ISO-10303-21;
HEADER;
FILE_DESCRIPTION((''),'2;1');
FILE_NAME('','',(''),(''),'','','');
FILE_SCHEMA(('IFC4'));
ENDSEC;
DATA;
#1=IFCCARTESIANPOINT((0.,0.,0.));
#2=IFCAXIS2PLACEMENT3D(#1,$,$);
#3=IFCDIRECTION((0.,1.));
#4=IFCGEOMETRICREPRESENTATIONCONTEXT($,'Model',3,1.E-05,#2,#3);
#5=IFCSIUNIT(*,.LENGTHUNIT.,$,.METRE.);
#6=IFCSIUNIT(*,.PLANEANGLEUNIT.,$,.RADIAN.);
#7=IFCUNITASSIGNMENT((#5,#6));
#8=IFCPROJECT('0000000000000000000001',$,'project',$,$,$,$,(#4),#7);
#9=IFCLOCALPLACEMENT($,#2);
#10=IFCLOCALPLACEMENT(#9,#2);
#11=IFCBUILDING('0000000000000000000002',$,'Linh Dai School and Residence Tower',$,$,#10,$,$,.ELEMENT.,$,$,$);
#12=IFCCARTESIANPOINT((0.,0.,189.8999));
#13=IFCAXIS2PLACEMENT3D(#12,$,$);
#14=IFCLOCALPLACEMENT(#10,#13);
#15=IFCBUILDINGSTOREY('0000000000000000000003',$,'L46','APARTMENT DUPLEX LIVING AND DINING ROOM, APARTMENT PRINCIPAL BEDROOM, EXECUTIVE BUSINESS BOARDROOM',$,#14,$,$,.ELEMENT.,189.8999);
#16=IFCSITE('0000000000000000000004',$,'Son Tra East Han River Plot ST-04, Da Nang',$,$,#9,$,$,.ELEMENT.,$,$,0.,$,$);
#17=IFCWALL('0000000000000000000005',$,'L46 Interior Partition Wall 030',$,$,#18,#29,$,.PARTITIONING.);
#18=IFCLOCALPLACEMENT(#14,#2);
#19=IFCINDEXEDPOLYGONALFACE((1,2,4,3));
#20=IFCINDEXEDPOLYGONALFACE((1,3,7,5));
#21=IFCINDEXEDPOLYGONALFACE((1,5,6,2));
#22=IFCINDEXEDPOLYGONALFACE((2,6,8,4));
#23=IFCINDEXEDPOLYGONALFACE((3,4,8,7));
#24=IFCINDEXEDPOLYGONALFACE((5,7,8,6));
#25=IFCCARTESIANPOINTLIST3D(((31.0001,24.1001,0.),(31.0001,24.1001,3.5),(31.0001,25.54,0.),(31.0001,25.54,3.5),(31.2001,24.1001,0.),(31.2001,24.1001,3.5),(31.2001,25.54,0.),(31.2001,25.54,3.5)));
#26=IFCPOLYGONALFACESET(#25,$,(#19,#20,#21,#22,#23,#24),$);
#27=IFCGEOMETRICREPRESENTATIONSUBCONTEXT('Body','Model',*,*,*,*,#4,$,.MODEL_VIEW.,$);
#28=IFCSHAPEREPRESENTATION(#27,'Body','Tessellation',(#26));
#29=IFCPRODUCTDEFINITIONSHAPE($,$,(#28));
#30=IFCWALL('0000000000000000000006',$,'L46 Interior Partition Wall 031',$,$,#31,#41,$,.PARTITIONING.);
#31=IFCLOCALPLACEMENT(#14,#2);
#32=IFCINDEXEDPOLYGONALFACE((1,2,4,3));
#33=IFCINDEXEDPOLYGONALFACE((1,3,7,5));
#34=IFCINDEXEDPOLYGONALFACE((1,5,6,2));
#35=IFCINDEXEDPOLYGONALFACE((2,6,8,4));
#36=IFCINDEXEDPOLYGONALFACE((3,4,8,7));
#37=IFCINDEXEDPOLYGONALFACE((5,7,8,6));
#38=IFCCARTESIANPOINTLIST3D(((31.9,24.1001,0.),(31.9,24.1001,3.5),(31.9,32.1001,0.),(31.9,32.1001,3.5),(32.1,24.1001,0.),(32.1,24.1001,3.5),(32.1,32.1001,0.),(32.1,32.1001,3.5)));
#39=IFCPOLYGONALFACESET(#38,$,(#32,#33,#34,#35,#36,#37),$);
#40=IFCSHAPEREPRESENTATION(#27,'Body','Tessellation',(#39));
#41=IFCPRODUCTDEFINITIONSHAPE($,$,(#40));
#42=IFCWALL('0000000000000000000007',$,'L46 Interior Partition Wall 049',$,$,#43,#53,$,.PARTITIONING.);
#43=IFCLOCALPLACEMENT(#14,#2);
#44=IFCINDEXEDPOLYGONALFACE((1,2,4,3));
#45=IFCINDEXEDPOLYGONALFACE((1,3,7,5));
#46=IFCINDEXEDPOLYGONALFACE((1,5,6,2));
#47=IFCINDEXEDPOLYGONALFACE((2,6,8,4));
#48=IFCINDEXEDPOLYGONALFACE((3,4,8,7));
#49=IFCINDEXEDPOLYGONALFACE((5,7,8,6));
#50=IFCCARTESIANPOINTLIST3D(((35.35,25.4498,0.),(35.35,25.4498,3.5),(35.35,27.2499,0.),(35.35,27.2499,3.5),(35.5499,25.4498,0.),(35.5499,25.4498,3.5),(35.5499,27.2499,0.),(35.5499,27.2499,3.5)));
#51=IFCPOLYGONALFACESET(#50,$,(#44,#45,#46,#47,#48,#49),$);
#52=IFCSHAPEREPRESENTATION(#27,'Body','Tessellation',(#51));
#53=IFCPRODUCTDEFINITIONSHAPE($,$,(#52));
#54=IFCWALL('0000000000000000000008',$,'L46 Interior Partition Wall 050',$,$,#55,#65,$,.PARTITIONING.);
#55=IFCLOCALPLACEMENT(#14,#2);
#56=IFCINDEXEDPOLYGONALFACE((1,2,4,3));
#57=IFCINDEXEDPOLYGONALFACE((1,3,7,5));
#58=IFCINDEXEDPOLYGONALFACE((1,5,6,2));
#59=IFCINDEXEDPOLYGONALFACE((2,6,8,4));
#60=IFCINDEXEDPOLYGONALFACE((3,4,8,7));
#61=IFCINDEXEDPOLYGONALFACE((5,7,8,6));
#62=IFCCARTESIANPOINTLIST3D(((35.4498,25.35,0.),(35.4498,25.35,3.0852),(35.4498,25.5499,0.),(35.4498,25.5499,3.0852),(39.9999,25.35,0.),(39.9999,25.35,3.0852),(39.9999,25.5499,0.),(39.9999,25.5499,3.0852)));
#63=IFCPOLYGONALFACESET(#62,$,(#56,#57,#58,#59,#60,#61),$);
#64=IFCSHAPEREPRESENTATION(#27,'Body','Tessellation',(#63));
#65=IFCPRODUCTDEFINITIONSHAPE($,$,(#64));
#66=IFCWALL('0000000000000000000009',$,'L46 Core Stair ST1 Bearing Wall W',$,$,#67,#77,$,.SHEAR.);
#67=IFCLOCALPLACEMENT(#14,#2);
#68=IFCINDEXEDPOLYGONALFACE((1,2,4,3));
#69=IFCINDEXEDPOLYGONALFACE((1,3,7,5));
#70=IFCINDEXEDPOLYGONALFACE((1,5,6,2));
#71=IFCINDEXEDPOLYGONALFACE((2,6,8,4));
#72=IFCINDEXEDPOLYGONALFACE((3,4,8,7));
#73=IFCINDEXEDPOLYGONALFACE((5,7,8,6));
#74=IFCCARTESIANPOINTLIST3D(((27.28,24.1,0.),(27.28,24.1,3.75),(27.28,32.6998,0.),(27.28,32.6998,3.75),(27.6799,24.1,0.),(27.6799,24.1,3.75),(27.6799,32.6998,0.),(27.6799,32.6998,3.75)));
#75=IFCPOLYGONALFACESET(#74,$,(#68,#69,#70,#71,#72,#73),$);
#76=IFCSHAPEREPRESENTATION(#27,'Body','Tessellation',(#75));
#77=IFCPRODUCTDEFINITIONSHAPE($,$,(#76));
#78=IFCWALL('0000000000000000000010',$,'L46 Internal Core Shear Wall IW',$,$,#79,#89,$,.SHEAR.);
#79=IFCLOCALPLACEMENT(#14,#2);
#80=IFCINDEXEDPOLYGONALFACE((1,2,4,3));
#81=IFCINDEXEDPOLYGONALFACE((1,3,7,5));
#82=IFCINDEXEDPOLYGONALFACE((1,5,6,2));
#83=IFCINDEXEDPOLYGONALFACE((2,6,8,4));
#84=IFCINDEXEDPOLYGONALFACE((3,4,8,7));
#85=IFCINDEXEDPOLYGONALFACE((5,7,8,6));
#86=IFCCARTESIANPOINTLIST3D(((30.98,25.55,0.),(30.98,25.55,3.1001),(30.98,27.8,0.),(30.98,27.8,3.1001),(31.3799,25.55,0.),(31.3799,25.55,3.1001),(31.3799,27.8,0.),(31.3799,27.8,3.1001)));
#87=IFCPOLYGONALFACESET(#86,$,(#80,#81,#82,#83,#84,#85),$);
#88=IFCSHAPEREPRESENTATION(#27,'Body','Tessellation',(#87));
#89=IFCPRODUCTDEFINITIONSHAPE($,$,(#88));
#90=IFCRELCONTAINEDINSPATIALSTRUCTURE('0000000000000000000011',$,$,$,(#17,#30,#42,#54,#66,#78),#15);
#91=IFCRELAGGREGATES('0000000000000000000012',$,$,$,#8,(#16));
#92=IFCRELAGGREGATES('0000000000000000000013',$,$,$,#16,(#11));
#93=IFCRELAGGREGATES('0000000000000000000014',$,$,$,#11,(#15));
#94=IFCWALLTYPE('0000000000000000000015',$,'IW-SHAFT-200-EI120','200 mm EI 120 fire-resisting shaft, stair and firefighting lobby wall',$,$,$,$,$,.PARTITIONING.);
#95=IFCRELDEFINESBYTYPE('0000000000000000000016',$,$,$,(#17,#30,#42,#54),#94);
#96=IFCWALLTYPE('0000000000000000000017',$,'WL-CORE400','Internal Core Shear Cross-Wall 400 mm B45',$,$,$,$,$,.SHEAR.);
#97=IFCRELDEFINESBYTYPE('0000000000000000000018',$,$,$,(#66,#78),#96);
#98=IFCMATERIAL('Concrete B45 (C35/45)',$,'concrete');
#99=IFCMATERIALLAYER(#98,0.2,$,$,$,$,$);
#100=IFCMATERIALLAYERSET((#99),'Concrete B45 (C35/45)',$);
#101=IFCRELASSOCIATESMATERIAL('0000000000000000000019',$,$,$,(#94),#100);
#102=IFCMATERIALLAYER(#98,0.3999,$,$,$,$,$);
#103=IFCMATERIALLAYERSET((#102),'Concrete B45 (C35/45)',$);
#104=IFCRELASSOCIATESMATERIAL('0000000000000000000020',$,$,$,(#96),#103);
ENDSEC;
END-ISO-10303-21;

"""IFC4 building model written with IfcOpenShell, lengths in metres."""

from ifc_helpers import new_model, si_unit, direction, frame, frame_2d, origin, place, context, subcontext, project, spatial, rectangle, extrude, material, layer, layer_set, type_object, element, save


model = new_model("IFC4")

# Units and contexts
model_context = context("Model", 3, precision=1e-05, world=origin(), true_north=direction((0.0, 1.0)))
body_context = subcontext(model_context, "Body", "Model", "MODEL_VIEW")
ifc_project = project(units=[si_unit("LENGTHUNIT", "METRE"), si_unit("PLANEANGLEUNIT", "RADIAN")], contexts=[model_context])

# Site, building, storey
site_placement = place(None, origin())
site = spatial("IfcSite", under=ifc_project, at=site_placement, Name="Son Tra East Han River Plot ST-04, Da Nang", CompositionType="ELEMENT", RefElevation=0.0)
building_placement = place(site_placement, origin())
building = spatial("IfcBuilding", under=site, at=building_placement, Name="Linh Dai School and Residence Tower", CompositionType="ELEMENT")
storey_placement = place(building_placement, frame((0.0, 0.0, 189.8999)))
storey = spatial("IfcBuildingStorey", under=building, at=storey_placement, Name="L46", Description="APARTMENT DUPLEX LIVING AND DINING ROOM, APARTMENT PRINCIPAL BEDROOM, EXECUTIVE BUSINESS BOARDROOM", CompositionType="ELEMENT", Elevation=189.8999)

# Shared definitions
ifc_material_1 = material(Name="Concrete B45 (C35/45)", Category="concrete")
ifc_layer_1 = layer(ifc_material_1, 0.2)
ifc_layer_set_1 = layer_set([ifc_layer_1], Name="Concrete B45 (C35/45)")
wall_type_1 = type_object("IfcWallType", Name="IW-SHAFT-200-EI120", Description="200 mm EI 120 fire-resisting shaft, stair and firefighting lobby wall", PredefinedType="PARTITIONING", material=ifc_layer_set_1)

# Walls
wall_1_placement = place(storey_placement, frame((31.1001, 24.1001, 0.0), z_axis=(0.0, 0.0, 1.0), x_axis=(0.0, 1.0, 0.0)))
element("IfcWall", 1, at=wall_1_placement, inside=storey, type_object=wall_type_1, Name="L46 Interior Partition Wall 030", PredefinedType="PARTITIONING", context=body_context, shape_type="SweptSolid", body=[
    extrude(rectangle(XDim=1.4399, YDim=0.2, at=frame_2d((0.72, 0.0))), origin(), (0.0, 0.0, 1.0), 3.5),
])
wall_2_placement = place(storey_placement, frame((32.0, 24.1001, 0.0), z_axis=(0.0, 0.0, 1.0), x_axis=(0.0, 1.0, 0.0)))
element("IfcWall", 2, at=wall_2_placement, inside=storey, type_object=wall_type_1, Name="L46 Interior Partition Wall 031", PredefinedType="PARTITIONING", context=body_context, shape_type="SweptSolid", body=[
    extrude(rectangle(XDim=8.0, YDim=0.2, at=frame_2d((4.0, 0.0))), origin(), (0.0, 0.0, 1.0), 3.5),
])

# Walls
wall_3_placement = place(storey_placement, frame((35.45, 25.45, 0.0), z_axis=(0.0, 0.0, 1.0), x_axis=(0.0, 1.0, 0.0)))
element("IfcWall", 3, at=wall_3_placement, inside=storey, type_object=wall_type_1, Name="L46 Interior Partition Wall 049", PredefinedType="PARTITIONING", context=body_context, shape_type="SweptSolid", body=[
    extrude(rectangle(XDim=1.8, YDim=0.2, at=frame_2d((0.8999, 0.0))), origin(), (0.0, 0.0, 1.0), 3.5),
])
wall_4_placement = place(storey_placement, frame((35.45, 25.45, 0.0), z_axis=(0.0, 0.0, 1.0), x_axis=(1.0, 0.0, 0.0)))
element("IfcWall", 4, at=wall_4_placement, inside=storey, type_object=wall_type_1, Name="L46 Interior Partition Wall 050", PredefinedType="PARTITIONING", context=body_context, shape_type="SweptSolid", body=[
    extrude(rectangle(XDim=4.55, YDim=0.2, at=frame_2d((2.2749, 0.0))), origin(), (0.0, 0.0, 1.0), 3.0852),
])
ifc_layer_2 = layer(ifc_material_1, 0.3999)
ifc_layer_set_2 = layer_set([ifc_layer_2], Name="Concrete B45 (C35/45)")
wall_type_2 = type_object("IfcWallType", Name="WL-CORE400", Description="Internal Core Shear Cross-Wall 400 mm B45", PredefinedType="SHEAR", material=ifc_layer_set_2)
wall_5_placement = place(storey_placement, frame((27.48, 24.1001, 0.0), z_axis=(0.0, 0.0, 1.0), x_axis=(0.0, 1.0, 0.0)))
element("IfcWall", 5, at=wall_5_placement, inside=storey, type_object=wall_type_2, Name="L46 Core Stair ST1 Bearing Wall W", PredefinedType="SHEAR", context=body_context, shape_type="SweptSolid", body=[
    extrude(rectangle(XDim=8.5999, YDim=0.3999, at=frame_2d((4.2998, 0.0))), origin(), (0.0, 0.0, 1.0), 3.75),
])
wall_6_placement = place(storey_placement, frame((31.1799, 25.55, 0.0), z_axis=(0.0, 0.0, 1.0), x_axis=(0.0, 1.0, 0.0)))
element("IfcWall", 6, at=wall_6_placement, inside=storey, type_object=wall_type_2, Name="L46 Internal Core Shear Wall IW", PredefinedType="SHEAR", context=body_context, shape_type="SweptSolid", body=[
    extrude(rectangle(XDim=2.25, YDim=0.3999, at=frame_2d((1.125, 0.0))), origin(), (0.0, 0.0, 1.0), 3.1001),
])

save(model, "model.ifc")
